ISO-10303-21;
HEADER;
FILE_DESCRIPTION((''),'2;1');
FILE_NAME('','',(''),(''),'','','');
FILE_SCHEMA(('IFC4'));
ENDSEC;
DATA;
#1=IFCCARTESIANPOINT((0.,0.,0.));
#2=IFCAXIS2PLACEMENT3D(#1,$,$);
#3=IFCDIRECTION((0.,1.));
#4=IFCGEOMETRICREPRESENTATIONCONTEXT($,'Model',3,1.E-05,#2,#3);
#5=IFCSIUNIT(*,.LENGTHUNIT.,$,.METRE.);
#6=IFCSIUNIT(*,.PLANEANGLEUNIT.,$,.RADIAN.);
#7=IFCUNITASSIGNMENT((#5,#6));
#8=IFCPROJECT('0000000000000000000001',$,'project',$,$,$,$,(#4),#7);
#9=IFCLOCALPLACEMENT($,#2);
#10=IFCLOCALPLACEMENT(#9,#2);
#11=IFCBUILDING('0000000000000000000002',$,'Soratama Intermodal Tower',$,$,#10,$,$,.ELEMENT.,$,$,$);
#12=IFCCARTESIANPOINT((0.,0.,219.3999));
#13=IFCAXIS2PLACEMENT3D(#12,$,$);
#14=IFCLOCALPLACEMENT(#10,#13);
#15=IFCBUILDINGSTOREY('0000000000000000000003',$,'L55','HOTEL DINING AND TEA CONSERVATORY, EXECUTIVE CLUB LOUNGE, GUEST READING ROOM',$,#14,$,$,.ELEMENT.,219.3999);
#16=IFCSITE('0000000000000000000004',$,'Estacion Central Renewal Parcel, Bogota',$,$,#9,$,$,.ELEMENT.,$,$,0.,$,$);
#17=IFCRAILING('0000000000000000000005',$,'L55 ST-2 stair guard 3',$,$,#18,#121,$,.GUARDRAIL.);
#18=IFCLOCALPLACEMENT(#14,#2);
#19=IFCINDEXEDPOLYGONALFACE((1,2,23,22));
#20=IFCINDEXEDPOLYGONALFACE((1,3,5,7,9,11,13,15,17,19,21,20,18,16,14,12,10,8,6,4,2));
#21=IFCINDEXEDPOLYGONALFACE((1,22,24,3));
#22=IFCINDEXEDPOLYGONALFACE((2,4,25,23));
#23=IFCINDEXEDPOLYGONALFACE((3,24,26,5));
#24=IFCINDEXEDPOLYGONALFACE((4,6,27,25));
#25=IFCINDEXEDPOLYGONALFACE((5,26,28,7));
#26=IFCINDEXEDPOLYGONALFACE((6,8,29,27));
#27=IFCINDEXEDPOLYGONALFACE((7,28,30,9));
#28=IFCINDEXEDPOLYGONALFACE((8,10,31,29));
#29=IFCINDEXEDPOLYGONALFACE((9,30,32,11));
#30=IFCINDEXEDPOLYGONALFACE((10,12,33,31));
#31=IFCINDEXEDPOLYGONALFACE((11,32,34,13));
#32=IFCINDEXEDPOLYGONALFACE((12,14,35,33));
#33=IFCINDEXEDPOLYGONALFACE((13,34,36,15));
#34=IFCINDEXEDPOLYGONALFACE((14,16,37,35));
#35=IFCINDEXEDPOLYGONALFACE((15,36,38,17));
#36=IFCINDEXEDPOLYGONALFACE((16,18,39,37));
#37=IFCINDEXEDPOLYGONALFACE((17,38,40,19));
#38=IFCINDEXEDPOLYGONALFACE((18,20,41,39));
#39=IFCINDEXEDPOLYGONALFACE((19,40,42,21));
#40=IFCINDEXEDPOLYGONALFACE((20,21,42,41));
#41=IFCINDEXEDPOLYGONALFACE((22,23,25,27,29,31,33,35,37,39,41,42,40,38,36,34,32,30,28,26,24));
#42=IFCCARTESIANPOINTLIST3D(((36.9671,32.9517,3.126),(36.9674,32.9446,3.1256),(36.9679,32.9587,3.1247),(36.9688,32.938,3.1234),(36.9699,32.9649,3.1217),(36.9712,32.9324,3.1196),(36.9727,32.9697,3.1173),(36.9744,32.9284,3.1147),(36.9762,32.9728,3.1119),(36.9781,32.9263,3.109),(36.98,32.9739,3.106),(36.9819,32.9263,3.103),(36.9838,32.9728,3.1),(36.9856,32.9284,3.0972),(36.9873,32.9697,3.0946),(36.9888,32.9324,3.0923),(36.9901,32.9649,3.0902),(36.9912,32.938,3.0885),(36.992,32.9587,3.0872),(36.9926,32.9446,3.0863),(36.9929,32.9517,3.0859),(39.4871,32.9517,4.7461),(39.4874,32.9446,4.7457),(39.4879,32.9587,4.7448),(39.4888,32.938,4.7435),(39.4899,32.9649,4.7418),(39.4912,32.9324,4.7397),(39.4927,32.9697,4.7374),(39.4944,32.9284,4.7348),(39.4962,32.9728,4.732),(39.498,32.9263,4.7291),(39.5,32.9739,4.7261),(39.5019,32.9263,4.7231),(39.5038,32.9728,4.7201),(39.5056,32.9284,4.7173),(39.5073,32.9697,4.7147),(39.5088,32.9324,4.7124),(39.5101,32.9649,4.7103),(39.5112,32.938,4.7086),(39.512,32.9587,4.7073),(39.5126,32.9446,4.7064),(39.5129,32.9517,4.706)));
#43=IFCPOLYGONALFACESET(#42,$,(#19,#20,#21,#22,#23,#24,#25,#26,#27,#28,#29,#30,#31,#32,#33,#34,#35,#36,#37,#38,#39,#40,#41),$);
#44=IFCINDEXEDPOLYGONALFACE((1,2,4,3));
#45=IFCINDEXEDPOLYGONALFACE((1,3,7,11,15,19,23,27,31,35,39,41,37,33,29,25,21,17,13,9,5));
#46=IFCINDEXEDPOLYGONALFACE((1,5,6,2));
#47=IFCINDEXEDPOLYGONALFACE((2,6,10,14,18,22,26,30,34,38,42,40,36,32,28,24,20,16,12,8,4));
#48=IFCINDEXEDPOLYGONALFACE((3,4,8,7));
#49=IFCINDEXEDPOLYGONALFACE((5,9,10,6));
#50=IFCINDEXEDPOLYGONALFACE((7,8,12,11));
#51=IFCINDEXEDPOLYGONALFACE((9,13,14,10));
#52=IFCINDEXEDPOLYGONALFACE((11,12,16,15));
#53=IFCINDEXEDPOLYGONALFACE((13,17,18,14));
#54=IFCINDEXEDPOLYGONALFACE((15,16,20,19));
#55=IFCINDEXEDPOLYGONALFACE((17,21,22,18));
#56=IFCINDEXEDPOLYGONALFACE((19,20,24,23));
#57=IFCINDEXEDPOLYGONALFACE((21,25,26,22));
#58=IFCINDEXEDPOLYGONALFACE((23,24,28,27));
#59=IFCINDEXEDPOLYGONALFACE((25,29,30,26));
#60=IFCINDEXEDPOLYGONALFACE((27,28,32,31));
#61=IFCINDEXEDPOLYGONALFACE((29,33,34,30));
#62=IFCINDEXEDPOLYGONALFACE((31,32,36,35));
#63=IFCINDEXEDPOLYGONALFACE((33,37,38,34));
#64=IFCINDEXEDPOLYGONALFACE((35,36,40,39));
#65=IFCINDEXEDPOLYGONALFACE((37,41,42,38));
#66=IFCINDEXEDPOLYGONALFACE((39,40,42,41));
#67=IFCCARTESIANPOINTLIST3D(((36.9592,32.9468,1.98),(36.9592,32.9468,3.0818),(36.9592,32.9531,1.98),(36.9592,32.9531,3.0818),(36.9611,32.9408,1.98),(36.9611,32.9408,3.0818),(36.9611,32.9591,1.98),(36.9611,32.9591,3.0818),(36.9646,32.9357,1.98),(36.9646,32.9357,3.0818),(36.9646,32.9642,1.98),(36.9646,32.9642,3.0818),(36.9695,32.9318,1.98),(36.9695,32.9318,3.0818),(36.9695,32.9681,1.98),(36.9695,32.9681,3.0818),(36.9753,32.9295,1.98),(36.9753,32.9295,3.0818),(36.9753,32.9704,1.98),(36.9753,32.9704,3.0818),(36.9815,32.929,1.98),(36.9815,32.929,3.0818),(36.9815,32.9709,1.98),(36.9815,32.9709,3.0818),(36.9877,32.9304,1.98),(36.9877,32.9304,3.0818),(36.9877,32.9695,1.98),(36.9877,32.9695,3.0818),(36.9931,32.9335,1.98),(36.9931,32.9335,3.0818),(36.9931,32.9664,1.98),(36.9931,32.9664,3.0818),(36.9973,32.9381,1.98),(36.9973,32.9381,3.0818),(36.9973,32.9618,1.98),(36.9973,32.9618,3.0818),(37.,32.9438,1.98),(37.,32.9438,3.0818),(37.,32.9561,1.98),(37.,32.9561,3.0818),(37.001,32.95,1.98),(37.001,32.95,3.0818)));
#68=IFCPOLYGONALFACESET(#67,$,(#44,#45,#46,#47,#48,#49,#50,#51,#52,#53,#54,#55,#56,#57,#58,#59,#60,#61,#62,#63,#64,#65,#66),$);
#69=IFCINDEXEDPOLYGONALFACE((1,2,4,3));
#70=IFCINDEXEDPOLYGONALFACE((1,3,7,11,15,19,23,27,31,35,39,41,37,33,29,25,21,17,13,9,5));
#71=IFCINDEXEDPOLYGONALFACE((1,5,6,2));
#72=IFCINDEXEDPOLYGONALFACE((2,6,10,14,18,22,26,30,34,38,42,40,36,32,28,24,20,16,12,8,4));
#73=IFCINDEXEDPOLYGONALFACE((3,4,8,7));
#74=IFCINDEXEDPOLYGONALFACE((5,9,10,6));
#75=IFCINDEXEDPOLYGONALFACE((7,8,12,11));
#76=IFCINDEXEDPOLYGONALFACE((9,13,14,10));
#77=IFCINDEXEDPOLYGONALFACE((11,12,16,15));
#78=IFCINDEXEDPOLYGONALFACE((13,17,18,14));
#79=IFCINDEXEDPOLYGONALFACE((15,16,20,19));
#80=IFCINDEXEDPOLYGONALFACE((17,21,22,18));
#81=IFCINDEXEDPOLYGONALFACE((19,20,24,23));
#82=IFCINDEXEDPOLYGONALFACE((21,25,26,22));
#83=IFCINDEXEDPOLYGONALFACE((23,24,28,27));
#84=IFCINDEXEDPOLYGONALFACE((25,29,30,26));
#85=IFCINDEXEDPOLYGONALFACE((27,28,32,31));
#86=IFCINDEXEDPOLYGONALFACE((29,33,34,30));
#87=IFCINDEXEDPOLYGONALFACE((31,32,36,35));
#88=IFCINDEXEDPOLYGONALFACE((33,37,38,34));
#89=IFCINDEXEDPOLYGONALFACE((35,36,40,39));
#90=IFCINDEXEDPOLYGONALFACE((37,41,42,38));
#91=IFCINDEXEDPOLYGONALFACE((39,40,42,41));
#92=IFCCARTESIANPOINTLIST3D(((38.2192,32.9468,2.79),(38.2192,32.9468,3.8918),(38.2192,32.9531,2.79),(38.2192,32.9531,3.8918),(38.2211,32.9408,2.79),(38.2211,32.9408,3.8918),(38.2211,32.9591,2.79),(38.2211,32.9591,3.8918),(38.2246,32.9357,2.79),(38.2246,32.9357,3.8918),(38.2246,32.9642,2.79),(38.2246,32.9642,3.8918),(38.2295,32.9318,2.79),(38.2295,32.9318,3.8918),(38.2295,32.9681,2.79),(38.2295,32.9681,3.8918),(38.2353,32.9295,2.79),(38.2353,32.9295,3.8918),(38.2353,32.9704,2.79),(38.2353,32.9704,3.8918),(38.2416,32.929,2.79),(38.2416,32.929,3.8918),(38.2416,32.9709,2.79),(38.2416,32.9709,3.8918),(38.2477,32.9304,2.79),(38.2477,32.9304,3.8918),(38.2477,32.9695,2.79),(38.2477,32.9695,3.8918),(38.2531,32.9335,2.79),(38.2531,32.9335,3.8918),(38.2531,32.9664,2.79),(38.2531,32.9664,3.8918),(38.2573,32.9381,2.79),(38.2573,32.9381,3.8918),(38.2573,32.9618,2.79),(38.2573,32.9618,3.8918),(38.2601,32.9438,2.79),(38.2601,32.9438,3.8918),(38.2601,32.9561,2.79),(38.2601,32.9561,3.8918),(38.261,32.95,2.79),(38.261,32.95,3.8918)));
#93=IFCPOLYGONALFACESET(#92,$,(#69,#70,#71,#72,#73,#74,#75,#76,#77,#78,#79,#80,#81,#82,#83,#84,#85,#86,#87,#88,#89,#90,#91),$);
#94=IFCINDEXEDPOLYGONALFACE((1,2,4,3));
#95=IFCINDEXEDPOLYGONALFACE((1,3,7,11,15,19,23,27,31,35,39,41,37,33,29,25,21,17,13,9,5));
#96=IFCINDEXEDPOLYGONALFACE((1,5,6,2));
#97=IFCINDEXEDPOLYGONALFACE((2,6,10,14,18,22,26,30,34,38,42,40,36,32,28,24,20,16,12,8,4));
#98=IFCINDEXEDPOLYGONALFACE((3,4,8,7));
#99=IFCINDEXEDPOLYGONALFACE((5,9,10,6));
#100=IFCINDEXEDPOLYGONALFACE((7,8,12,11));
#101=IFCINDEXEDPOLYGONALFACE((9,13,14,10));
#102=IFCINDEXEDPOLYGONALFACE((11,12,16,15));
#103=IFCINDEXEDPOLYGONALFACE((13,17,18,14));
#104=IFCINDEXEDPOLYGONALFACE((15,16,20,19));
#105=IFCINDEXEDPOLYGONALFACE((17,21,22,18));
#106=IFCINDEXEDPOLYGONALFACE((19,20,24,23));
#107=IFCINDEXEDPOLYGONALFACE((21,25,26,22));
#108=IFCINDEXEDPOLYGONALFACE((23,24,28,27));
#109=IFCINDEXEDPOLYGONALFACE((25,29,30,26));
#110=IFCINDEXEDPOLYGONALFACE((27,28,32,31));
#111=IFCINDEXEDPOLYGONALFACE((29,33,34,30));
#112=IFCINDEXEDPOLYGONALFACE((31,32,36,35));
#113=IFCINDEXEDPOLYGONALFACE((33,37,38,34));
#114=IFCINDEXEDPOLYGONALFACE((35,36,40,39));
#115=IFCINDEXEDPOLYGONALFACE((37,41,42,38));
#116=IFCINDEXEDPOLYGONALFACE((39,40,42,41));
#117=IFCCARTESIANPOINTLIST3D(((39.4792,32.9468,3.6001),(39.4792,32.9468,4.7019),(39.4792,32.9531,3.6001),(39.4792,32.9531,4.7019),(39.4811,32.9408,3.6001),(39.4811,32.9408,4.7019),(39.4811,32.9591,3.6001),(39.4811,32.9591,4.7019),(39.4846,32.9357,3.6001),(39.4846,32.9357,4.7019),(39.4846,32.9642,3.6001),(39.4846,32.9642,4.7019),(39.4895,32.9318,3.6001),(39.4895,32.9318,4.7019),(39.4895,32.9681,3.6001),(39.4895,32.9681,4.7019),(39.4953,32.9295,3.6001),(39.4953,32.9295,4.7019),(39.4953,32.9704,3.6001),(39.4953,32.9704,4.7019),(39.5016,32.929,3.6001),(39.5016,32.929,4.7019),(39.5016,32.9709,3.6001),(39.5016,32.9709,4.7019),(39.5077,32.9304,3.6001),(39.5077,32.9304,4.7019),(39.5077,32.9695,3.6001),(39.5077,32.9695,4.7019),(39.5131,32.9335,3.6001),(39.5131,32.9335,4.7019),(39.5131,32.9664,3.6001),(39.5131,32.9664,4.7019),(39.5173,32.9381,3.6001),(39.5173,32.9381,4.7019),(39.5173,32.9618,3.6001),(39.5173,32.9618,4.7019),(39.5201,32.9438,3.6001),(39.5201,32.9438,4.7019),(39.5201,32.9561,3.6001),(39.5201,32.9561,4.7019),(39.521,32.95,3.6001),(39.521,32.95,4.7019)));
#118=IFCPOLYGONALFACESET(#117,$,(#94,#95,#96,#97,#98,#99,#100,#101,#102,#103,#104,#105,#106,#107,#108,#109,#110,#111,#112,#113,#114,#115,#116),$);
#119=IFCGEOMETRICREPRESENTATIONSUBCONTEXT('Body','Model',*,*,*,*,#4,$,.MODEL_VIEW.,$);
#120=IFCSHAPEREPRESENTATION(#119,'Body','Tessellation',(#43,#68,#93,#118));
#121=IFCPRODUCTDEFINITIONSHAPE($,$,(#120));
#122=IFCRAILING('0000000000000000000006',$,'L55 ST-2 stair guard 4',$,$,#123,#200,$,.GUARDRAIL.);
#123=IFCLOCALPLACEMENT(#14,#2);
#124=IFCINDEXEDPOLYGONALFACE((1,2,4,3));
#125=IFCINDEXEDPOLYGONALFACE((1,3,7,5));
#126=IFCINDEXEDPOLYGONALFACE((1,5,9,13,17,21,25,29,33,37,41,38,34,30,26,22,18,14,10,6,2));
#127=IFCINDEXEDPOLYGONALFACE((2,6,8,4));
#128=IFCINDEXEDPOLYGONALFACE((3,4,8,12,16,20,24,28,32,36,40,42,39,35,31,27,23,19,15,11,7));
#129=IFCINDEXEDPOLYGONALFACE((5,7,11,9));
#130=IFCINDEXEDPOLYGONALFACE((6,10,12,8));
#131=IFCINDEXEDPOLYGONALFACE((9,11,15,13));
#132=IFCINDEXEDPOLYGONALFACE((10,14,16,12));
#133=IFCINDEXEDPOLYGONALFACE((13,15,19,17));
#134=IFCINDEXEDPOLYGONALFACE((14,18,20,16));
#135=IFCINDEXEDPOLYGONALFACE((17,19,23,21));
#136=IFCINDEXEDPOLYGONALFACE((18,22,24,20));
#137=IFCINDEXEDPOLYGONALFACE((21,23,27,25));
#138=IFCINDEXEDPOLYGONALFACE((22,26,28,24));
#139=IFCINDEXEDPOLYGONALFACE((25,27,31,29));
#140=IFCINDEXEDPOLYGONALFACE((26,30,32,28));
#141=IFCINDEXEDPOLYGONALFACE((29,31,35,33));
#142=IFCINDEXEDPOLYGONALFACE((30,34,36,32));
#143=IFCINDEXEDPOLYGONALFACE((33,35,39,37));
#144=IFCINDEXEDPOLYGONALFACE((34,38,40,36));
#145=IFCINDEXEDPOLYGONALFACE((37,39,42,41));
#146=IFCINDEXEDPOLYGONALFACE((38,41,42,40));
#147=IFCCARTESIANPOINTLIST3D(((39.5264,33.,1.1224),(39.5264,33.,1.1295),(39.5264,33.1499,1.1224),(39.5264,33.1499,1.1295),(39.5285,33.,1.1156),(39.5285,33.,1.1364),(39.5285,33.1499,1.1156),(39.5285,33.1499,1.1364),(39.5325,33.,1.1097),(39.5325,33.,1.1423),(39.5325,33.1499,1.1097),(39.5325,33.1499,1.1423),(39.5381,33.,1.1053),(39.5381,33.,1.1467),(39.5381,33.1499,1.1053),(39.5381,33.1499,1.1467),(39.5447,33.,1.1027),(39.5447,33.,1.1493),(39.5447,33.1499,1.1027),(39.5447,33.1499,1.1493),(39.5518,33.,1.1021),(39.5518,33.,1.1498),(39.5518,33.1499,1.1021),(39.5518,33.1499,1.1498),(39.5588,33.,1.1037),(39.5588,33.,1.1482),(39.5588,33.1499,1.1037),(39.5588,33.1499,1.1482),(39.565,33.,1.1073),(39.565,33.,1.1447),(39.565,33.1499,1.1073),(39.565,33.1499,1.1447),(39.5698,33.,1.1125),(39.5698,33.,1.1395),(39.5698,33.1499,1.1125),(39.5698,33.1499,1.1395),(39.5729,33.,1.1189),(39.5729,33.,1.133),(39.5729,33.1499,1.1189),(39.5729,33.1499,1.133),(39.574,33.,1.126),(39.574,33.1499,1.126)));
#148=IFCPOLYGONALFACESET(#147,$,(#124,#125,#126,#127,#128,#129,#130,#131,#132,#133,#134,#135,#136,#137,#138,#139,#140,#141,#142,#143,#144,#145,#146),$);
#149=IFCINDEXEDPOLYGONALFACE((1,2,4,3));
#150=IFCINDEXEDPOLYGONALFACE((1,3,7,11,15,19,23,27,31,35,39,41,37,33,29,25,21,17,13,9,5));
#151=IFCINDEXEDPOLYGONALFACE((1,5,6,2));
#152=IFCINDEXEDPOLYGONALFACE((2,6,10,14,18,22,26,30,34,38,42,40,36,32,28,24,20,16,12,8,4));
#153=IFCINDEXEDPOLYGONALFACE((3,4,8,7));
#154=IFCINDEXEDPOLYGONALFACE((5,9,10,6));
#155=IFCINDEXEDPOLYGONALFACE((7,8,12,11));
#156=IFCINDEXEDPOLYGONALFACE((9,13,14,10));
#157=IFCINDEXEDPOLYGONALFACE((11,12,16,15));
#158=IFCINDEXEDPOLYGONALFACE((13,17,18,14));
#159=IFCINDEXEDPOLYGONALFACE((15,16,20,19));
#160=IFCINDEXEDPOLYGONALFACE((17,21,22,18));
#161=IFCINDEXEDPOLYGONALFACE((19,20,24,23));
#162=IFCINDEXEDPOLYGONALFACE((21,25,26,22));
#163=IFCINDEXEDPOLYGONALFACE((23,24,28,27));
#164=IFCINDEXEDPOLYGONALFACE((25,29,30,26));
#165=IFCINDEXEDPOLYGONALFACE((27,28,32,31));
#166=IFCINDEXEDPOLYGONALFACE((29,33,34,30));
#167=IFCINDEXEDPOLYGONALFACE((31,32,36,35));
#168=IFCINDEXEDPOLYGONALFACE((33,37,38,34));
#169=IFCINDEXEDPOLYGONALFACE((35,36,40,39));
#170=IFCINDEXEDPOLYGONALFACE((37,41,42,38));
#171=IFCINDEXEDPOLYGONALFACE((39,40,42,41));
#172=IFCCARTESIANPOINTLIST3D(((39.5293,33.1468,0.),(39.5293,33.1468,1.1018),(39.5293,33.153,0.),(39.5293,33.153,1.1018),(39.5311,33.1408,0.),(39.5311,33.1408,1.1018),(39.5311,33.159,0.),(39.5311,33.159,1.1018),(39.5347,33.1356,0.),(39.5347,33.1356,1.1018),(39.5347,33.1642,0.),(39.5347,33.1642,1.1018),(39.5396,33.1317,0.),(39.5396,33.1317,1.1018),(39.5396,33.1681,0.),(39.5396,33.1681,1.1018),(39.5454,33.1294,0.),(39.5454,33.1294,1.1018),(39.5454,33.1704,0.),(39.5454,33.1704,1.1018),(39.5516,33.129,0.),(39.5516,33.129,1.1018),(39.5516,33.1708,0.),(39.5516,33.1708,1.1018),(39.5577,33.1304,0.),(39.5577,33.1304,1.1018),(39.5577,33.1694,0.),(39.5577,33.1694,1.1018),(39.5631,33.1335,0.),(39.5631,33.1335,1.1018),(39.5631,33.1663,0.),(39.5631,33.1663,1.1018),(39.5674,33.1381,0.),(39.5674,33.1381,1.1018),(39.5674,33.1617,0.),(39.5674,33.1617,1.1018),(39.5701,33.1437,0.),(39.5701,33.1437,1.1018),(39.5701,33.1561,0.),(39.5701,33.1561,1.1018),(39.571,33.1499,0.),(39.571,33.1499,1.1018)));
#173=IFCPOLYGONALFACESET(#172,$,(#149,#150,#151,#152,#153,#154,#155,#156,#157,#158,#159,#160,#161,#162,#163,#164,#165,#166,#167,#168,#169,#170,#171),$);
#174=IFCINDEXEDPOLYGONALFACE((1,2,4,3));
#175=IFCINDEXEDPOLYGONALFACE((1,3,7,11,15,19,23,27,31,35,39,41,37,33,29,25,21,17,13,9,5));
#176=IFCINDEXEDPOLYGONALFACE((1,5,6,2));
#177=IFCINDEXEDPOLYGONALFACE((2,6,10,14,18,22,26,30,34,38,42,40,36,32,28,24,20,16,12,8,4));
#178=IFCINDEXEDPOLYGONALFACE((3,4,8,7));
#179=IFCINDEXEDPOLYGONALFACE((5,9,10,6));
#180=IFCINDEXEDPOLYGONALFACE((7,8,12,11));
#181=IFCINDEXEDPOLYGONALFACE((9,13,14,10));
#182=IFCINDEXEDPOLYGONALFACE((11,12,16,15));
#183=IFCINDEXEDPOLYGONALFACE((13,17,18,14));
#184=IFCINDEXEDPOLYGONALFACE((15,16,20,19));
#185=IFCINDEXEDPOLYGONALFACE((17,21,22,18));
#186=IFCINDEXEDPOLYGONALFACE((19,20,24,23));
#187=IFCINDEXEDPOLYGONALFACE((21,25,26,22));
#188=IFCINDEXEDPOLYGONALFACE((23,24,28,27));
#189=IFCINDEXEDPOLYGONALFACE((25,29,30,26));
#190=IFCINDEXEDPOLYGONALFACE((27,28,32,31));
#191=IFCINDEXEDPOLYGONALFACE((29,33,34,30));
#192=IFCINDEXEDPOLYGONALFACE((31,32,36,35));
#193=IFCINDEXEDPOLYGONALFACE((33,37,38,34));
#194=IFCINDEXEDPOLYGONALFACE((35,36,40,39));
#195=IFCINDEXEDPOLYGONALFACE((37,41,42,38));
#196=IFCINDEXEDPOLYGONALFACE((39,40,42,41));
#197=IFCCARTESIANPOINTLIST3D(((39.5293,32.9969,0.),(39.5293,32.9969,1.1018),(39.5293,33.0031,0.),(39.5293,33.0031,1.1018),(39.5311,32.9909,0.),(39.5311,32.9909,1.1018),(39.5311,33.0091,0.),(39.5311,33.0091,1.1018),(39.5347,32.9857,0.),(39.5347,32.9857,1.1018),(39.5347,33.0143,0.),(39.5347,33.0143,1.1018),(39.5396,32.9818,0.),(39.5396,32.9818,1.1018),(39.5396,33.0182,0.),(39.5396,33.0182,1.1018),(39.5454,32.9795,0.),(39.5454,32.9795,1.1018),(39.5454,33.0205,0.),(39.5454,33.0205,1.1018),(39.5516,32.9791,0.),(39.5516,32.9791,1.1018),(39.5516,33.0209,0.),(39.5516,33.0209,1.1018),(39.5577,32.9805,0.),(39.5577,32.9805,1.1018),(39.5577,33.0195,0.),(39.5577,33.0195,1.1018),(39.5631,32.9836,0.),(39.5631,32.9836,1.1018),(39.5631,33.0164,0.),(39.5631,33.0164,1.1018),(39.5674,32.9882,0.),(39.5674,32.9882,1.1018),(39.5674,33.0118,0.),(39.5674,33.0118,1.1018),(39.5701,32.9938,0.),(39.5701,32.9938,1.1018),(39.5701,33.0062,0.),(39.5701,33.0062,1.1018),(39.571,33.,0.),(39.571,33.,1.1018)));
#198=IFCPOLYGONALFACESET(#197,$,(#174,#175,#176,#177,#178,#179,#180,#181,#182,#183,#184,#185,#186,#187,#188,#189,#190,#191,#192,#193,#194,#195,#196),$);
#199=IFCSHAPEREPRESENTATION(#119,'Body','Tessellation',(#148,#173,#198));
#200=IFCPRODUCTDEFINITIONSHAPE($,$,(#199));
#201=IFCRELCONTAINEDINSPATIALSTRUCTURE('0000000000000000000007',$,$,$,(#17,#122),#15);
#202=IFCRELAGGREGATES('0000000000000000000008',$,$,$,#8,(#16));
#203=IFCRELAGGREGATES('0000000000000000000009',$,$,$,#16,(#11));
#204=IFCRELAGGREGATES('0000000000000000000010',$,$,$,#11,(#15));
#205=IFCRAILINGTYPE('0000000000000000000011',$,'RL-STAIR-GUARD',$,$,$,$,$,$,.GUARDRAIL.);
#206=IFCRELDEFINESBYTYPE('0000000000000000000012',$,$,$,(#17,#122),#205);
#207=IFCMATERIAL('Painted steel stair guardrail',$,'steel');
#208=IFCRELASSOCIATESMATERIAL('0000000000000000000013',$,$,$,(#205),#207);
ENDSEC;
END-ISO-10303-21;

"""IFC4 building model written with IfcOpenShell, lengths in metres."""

from ifc_helpers import new_model, si_unit, direction, frame, origin, origin_2d, place, context, subcontext, project, spatial, circle, extrude, material, type_object, element, save


model = new_model("IFC4")

# Units and contexts
model_context = context("Model", 3, precision=1e-05, world=origin(), true_north=direction((0.0, 1.0)))
body_context = subcontext(model_context, "Body", "Model", "MODEL_VIEW")
ifc_project = project(units=[si_unit("LENGTHUNIT", "METRE"), si_unit("PLANEANGLEUNIT", "RADIAN")], contexts=[model_context])

# Site, building, storey
site_placement = place(None, origin())
site = spatial("IfcSite", under=ifc_project, at=site_placement, Name="Estacion Central Renewal Parcel, Bogota", CompositionType="ELEMENT", RefElevation=0.0)
building_placement = place(site_placement, origin())
building = spatial("IfcBuilding", under=site, at=building_placement, Name="Soratama Intermodal Tower", CompositionType="ELEMENT")
storey_placement = place(building_placement, frame((0.0, 0.0, 219.3999)))
storey = spatial("IfcBuildingStorey", under=building, at=storey_placement, Name="L55", Description="HOTEL DINING AND TEA CONSERVATORY, EXECUTIVE CLUB LOUNGE, GUEST READING ROOM", CompositionType="ELEMENT", Elevation=219.3999)

# Railings
ifc_material_1 = material(Name="Painted steel stair guardrail", Category="steel")
railing_type_1 = type_object("IfcRailingType", Name="RL-STAIR-GUARD", PredefinedType="GUARDRAIL", material=ifc_material_1)
railing_1_placement = place(storey_placement, frame((36.98, 32.95, 1.98)))
element("IfcRailing", 1, at=railing_1_placement, inside=storey, type_object=railing_type_1, Name="L55 ST-2 stair guard 3", PredefinedType="GUARDRAIL", context=body_context, shape_type="SweptSolid", body=[
    extrude(circle(Radius=0.0239, at=origin_2d()), frame((0.0, 0.0, 1.126), z_axis=(0.841163, 0.0, 0.540782), x_axis=(0.0, 1.0, 0.0)), (0.0, 0.0, 1.0), 2.9958),
    extrude(circle(Radius=0.021, at=origin_2d()), origin(), (0.0, 0.0, 1.0), 1.1018),
    extrude(circle(Radius=0.021, at=origin_2d()), frame((1.26, 0.0, 0.8101)), (0.0, 0.0, 1.0), 1.1018),
    extrude(circle(Radius=0.021, at=origin_2d()), frame((2.52, 0.0, 1.6201)), (0.0, 0.0, 1.0), 1.1018),
])
railing_2_placement = place(storey_placement, frame((39.55, 33.1499, 0.0)))
element("IfcRailing", 2, at=railing_2_placement, inside=storey, type_object=railing_type_1, Name="L55 ST-2 stair guard 4", PredefinedType="GUARDRAIL", context=body_context, shape_type="SweptSolid", body=[
    extrude(circle(Radius=0.0239, at=origin_2d()), frame((0.0, 0.0, 1.126), z_axis=(0.0, -1.0, 0.0), x_axis=(1.0, 0.0, 0.0)), (0.0, 0.0, 1.0), 0.1499),
    extrude(circle(Radius=0.021, at=origin_2d()), origin(), (0.0, 0.0, 1.0), 1.1018),
    extrude(circle(Radius=0.021, at=origin_2d()), frame((0.0, -0.1499, 0.0)), (0.0, 0.0, 1.0), 1.1018),
])

save(model, "model.ifc")
